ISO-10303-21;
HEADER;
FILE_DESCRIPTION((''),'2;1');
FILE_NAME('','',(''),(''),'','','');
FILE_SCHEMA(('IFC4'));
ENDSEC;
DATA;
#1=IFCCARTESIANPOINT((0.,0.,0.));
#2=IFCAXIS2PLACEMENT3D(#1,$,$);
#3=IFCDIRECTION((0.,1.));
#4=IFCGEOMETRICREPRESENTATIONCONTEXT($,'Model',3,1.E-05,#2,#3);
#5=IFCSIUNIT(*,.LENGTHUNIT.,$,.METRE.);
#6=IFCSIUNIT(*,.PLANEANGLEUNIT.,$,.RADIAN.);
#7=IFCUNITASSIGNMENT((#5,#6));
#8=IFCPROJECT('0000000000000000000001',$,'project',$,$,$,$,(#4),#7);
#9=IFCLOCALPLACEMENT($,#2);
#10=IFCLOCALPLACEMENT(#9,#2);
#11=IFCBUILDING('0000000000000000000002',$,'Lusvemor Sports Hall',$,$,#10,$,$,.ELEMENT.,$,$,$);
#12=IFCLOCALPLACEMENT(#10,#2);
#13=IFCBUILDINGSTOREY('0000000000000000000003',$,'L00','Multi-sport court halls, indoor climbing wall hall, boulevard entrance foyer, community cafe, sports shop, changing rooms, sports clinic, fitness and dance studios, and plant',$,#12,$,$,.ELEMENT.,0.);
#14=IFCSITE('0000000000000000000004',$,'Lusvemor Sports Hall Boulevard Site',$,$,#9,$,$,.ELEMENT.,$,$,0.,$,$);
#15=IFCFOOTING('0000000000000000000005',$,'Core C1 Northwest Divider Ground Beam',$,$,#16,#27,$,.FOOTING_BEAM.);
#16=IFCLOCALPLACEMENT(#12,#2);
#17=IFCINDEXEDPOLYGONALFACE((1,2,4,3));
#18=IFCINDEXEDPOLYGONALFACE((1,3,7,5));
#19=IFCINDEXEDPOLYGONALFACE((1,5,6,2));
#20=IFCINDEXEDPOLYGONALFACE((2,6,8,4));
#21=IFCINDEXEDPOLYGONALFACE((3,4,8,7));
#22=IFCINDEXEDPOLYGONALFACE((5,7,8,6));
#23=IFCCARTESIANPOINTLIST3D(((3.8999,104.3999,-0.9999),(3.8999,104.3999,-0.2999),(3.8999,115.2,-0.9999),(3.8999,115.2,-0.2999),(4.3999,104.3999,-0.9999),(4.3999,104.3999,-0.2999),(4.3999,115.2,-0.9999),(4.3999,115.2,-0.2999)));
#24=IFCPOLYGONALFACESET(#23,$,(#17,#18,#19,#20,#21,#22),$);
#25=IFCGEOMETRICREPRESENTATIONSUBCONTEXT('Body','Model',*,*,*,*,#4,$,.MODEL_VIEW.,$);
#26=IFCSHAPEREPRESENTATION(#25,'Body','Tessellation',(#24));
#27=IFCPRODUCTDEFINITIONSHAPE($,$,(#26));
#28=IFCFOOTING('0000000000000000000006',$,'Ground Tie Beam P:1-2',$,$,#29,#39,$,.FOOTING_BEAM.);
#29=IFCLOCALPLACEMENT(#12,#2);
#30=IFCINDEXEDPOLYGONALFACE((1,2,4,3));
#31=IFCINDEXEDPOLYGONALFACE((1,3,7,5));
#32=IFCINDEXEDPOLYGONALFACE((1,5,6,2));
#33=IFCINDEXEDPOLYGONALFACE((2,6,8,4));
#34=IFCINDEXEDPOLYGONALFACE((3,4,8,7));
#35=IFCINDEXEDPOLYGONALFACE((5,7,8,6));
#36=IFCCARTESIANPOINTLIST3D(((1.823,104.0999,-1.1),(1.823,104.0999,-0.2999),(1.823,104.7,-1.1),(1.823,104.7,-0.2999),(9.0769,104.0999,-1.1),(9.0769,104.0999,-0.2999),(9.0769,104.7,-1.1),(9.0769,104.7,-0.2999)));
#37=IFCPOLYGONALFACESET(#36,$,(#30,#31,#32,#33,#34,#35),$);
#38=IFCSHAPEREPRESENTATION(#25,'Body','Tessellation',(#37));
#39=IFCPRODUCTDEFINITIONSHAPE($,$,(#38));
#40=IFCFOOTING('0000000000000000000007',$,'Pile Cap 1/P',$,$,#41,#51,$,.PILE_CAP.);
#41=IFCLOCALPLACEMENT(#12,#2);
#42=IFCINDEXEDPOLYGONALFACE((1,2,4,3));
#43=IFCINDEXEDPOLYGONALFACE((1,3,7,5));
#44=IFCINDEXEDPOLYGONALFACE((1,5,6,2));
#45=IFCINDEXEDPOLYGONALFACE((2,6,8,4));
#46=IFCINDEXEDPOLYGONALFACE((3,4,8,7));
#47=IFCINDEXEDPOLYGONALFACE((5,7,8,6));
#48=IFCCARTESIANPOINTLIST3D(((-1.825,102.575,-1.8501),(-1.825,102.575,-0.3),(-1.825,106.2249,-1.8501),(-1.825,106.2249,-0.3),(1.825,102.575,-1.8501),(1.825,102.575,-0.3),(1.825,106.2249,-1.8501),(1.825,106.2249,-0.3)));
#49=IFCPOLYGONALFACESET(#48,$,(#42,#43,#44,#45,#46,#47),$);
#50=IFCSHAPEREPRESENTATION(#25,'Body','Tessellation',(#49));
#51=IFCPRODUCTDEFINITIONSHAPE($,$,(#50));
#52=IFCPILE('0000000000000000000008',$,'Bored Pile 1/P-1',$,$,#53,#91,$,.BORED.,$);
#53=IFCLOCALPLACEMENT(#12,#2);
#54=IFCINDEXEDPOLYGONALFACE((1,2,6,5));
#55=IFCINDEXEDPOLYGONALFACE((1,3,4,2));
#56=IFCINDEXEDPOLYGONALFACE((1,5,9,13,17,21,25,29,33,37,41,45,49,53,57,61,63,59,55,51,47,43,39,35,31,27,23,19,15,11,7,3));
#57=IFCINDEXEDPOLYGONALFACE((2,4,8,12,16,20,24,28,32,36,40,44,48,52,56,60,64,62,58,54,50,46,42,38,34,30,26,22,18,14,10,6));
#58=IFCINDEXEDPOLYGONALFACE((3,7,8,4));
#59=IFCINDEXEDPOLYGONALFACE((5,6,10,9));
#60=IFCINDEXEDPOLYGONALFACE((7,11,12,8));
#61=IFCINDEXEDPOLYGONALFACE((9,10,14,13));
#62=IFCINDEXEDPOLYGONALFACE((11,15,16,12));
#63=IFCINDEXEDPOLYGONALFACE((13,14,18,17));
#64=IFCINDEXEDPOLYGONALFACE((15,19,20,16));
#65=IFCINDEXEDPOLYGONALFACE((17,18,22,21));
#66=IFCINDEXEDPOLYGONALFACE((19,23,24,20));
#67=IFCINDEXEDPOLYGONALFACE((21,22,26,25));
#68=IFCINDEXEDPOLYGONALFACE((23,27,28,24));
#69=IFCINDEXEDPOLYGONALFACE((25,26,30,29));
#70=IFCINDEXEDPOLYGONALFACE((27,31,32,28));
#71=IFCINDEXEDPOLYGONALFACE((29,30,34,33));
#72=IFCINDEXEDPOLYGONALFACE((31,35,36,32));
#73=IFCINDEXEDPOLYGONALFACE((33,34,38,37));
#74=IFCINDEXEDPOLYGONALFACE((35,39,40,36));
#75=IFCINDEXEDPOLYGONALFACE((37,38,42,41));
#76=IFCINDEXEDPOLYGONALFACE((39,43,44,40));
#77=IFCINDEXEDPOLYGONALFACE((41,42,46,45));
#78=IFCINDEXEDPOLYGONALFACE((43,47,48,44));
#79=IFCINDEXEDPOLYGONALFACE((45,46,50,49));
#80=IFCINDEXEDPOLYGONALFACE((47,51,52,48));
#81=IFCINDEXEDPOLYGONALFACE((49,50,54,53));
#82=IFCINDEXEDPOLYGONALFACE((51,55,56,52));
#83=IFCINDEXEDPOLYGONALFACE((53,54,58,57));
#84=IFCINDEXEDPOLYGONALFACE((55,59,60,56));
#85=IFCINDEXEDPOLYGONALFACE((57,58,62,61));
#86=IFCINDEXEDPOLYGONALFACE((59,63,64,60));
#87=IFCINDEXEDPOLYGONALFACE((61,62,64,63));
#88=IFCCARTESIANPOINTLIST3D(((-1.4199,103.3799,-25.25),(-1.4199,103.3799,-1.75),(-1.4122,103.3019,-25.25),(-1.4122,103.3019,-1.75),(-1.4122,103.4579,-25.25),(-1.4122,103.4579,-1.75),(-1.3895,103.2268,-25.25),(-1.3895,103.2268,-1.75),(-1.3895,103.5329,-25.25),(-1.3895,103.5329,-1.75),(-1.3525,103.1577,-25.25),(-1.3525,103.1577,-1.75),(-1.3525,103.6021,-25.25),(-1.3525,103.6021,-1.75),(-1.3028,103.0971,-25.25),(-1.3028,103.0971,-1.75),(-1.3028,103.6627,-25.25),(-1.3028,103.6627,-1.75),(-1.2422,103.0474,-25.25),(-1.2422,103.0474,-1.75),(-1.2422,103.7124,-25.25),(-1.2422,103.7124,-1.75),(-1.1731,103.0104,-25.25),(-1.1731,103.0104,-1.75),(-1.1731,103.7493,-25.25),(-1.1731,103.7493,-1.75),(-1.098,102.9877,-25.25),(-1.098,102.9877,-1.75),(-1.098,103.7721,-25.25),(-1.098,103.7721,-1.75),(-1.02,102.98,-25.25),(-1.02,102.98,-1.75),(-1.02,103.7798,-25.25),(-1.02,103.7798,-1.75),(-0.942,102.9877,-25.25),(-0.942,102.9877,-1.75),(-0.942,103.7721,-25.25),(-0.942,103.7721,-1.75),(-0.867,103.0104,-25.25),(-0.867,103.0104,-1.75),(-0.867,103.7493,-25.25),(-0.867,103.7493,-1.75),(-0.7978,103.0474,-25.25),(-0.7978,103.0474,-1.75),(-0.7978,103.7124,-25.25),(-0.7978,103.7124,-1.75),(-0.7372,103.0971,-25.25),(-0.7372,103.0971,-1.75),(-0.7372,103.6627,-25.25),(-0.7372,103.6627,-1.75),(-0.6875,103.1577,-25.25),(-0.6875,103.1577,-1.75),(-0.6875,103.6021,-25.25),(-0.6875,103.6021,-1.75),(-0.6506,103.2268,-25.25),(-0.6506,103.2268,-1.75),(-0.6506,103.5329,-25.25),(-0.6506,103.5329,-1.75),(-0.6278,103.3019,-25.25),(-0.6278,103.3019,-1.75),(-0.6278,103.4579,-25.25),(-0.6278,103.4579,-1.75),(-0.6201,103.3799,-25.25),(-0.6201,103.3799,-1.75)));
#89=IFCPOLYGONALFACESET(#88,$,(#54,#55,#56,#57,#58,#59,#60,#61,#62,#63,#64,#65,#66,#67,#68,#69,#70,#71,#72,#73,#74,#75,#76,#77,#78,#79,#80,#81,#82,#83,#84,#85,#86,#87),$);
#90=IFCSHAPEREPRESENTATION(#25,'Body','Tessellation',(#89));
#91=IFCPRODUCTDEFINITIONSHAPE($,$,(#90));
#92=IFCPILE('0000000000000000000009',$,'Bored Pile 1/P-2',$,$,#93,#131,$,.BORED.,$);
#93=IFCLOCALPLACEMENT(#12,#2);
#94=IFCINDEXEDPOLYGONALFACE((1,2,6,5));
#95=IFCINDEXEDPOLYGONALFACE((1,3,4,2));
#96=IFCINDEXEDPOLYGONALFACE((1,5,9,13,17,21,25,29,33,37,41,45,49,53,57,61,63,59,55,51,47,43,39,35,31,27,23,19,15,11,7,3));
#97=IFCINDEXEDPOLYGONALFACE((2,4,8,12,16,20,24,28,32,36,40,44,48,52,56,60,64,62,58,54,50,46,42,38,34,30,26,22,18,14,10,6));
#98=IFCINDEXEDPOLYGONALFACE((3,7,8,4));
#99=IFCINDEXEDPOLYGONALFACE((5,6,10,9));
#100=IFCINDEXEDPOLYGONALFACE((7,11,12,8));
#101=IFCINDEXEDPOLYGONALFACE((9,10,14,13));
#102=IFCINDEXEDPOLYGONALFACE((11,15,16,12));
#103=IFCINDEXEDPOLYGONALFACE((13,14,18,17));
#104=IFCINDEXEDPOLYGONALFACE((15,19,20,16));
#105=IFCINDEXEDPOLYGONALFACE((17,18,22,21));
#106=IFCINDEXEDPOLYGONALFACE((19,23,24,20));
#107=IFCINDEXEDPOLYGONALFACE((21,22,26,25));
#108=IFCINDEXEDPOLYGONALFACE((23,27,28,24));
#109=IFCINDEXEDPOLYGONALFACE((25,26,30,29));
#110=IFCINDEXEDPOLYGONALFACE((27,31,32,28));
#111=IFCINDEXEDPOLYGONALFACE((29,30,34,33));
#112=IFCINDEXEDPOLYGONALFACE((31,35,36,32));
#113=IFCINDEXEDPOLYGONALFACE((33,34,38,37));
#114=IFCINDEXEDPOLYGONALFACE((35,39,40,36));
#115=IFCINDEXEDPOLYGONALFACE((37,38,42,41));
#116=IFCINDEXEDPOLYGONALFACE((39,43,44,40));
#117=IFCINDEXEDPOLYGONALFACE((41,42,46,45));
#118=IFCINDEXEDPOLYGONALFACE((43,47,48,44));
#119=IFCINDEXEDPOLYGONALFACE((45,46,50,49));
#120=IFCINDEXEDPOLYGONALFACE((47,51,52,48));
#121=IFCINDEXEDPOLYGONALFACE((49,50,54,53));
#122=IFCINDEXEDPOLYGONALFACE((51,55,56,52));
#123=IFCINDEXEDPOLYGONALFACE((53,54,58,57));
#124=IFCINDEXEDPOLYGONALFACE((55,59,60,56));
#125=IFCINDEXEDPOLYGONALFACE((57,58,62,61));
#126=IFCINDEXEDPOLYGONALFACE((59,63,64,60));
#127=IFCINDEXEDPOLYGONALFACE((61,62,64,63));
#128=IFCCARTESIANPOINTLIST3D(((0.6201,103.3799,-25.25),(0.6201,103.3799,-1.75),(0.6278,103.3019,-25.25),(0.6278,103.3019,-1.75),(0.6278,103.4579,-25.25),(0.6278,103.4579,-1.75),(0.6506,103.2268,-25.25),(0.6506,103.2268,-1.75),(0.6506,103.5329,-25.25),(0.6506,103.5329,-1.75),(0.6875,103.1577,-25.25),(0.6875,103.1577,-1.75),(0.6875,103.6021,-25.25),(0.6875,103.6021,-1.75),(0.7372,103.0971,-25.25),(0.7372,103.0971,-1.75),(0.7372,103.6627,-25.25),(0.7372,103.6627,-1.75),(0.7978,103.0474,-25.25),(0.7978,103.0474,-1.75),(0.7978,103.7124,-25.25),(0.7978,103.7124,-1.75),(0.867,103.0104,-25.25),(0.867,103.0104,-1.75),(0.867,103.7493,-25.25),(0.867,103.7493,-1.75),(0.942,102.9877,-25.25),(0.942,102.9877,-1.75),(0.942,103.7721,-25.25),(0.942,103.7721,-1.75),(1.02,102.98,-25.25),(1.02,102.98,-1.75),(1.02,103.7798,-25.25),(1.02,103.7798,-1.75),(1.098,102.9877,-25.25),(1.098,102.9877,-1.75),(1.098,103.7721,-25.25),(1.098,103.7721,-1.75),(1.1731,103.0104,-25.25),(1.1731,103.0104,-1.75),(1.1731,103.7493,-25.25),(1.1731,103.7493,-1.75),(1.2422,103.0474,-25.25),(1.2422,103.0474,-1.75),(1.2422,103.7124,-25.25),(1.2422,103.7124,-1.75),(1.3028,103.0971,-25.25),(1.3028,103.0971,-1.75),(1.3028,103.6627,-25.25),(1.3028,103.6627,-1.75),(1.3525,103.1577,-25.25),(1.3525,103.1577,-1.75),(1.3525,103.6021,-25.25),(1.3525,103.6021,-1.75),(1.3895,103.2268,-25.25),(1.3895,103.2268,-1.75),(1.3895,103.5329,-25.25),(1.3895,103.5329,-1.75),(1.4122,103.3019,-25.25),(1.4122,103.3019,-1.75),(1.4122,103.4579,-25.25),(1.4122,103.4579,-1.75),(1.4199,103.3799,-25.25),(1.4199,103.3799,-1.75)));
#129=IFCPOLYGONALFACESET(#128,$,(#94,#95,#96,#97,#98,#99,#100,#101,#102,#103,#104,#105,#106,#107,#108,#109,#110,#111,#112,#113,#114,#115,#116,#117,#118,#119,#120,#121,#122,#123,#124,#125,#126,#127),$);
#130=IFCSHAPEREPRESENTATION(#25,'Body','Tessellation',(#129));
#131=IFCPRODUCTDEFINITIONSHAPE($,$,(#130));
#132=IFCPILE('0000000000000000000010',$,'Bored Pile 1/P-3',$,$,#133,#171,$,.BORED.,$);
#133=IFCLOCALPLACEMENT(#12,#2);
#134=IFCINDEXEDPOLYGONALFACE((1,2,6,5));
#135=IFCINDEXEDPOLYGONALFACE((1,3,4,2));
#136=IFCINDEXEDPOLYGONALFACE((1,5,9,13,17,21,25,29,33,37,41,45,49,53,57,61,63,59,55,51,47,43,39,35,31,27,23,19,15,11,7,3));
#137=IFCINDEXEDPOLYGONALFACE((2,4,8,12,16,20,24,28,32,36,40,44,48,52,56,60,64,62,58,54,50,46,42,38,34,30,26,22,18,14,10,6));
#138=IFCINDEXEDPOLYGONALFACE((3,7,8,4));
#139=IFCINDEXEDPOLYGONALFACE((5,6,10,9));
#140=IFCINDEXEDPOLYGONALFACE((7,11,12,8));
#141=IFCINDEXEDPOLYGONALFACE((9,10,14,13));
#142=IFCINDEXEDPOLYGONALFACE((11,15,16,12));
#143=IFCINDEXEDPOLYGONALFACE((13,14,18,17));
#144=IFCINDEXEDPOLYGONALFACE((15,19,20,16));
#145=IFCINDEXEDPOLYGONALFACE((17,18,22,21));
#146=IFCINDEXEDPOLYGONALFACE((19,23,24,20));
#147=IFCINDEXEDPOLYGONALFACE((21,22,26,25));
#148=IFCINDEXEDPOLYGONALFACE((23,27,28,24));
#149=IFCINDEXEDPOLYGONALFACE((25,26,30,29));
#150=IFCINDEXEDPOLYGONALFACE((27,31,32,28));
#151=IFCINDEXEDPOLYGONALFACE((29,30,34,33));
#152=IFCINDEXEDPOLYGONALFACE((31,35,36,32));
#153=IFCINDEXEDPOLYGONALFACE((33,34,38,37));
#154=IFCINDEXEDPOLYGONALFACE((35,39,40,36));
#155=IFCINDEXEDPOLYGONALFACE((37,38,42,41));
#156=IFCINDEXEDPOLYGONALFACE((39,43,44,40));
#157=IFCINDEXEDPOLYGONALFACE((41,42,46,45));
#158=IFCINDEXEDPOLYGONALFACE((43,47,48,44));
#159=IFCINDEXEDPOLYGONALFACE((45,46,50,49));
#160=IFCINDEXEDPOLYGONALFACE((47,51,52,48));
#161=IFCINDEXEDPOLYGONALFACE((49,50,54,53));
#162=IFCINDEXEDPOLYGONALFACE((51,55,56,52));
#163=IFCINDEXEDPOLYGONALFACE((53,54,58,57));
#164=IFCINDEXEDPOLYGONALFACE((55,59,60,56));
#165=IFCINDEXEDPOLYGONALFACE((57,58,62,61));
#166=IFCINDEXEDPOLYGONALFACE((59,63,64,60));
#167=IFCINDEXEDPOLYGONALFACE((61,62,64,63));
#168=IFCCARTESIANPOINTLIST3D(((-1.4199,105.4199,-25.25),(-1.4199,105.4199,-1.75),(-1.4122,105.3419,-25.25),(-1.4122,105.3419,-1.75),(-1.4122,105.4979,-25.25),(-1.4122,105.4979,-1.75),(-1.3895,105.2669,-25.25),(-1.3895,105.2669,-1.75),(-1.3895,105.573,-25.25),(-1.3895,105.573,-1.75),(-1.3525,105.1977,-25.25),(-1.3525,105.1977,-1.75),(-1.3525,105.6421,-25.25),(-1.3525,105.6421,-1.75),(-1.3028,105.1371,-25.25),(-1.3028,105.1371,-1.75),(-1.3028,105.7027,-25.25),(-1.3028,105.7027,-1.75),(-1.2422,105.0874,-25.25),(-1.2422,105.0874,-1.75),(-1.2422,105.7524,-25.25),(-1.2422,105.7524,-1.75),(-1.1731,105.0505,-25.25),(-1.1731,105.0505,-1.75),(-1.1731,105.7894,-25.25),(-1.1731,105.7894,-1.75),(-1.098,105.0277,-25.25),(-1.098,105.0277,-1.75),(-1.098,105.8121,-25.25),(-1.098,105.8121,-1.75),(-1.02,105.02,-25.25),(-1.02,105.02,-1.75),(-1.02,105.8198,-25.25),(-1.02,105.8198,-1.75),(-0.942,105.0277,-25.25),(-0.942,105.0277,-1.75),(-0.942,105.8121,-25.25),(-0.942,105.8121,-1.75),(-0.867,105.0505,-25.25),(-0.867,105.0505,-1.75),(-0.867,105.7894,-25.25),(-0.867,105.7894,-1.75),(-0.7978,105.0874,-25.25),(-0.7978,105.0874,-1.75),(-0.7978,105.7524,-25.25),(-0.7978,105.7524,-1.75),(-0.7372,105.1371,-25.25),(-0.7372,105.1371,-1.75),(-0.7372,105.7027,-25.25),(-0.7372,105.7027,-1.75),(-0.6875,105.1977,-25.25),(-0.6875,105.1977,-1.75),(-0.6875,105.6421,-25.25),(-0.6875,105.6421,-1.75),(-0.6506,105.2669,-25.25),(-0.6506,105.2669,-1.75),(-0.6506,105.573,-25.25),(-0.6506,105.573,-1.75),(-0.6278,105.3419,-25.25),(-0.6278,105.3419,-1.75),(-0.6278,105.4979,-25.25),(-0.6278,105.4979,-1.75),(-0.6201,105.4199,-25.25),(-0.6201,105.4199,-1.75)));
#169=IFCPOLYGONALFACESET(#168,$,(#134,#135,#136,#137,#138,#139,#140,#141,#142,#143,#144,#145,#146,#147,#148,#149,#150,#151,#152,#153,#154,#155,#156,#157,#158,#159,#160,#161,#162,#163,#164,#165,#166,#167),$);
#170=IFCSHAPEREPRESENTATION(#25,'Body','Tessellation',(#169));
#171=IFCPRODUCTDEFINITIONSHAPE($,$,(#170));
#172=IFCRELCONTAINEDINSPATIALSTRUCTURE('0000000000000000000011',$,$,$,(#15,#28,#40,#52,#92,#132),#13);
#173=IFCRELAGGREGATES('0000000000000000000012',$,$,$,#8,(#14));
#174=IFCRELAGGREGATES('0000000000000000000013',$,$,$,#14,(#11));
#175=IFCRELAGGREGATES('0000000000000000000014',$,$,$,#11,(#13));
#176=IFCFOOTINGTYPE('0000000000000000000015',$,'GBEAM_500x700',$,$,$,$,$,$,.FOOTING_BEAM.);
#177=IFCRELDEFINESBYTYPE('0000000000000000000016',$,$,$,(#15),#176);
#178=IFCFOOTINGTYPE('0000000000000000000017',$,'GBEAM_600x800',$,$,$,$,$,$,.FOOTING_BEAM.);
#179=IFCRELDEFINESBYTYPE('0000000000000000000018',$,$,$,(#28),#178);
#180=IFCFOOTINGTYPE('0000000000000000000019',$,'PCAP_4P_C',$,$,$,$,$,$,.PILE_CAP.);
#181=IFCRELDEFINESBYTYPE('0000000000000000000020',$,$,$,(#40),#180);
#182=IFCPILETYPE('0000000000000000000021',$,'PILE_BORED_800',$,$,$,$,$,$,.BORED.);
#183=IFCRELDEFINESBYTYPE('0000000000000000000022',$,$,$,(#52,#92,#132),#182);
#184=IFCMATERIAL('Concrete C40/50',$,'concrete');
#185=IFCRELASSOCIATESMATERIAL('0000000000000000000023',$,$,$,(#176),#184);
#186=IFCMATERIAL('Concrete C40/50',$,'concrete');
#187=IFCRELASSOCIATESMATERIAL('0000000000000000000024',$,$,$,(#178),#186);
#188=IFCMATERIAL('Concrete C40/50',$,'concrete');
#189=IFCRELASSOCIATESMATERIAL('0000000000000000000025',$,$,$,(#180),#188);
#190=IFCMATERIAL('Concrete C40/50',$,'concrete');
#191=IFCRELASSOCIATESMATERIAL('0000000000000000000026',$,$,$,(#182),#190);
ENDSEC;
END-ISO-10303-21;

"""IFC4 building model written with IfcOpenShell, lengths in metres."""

from ifc_helpers import new_model, si_unit, direction, frame, origin, origin_2d, place, context, subcontext, project, spatial, rectangle, circle, extrude, material, material_profile, profile_set, type_object, element, save


model = new_model("IFC4")

# Units and contexts
model_context = context("Model", 3, precision=1e-05, world=origin(), true_north=direction((0.0, 1.0)))
body_context = subcontext(model_context, "Body", "Model", "MODEL_VIEW")
ifc_project = project(units=[si_unit("LENGTHUNIT", "METRE"), si_unit("PLANEANGLEUNIT", "RADIAN")], contexts=[model_context])

# Site, building, storey
site_placement = place(None, origin())
site = spatial("IfcSite", under=ifc_project, at=site_placement, Name="Lusvemor Sports Hall Boulevard Site", CompositionType="ELEMENT", RefElevation=0.0)
building_placement = place(site_placement, origin())
building = spatial("IfcBuilding", under=site, at=building_placement, Name="Lusvemor Sports Hall", CompositionType="ELEMENT")
storey_placement = place(building_placement, origin())
storey = spatial("IfcBuildingStorey", under=building, at=storey_placement, Name="L00", Description="Multi-sport court halls, indoor climbing wall hall, boulevard entrance foyer, community cafe, sports shop, changing rooms, sports clinic, fitness and dance studios, and plant", CompositionType="ELEMENT", Elevation=0.0)

# Footings
ifc_material_1 = material(Name="Concrete C40/50", Category="concrete")
ifc_material_profile_1 = material_profile(ifc_material_1, rectangle(XDim=0.5, YDim=0.7, at=origin_2d()), Name="GB_500x700")
ifc_profile_set_1 = profile_set([ifc_material_profile_1], Name="Concrete C40/50")
footing_type_1 = type_object("IfcFootingType", Name="GBEAM_500x700", PredefinedType="FOOTING_BEAM", material=ifc_profile_set_1)
footing_1_placement = place(storey_placement, frame((4.1499, 104.3999, -0.6499), z_axis=(0.0, 1.0, 0.0), x_axis=(-1.0, 0.0, 0.0)))
element("IfcFooting", 1, at=footing_1_placement, inside=storey, type_object=footing_type_1, Name="Core C1 Northwest Divider Ground Beam", PredefinedType="FOOTING_BEAM", context=body_context, shape_type="SweptSolid", body=[
    extrude(rectangle(XDim=0.5, YDim=0.7, at=origin_2d()), origin(), (0.0, 0.0, 1.0), 10.8),
])
ifc_material_2 = material(Name="Concrete C40/50", Category="concrete")
ifc_material_profile_2 = material_profile(ifc_material_2, rectangle(XDim=0.6001, YDim=0.8, at=origin_2d()), Name="GB_600x800")
ifc_profile_set_2 = profile_set([ifc_material_profile_2], Name="Concrete C40/50")
footing_type_2 = type_object("IfcFootingType", Name="GBEAM_600x800", PredefinedType="FOOTING_BEAM", material=ifc_profile_set_2)
footing_2_placement = place(storey_placement, frame((1.823, 104.3999, -0.7), z_axis=(1.0, 0.0, 0.0), x_axis=(0.0, 1.0, 0.0)))
element("IfcFooting", 2, at=footing_2_placement, inside=storey, type_object=footing_type_2, Name="Ground Tie Beam P:1-2", PredefinedType="FOOTING_BEAM", context=body_context, shape_type="SweptSolid", body=[
    extrude(rectangle(XDim=0.6001, YDim=0.8, at=origin_2d()), origin(), (0.0, 0.0, 1.0), 7.2539),
])
ifc_material_3 = material(Name="Concrete C40/50", Category="concrete")
footing_type_3 = type_object("IfcFootingType", Name="PCAP_4P_C", PredefinedType="PILE_CAP", material=ifc_material_3)
footing_3_placement = place(storey_placement, frame((0.0, 104.3999, -1.8501), z_axis=(0.0, 0.0, 1.0), x_axis=(1.0, 0.0, 0.0)))
element("IfcFooting", 3, at=footing_3_placement, inside=storey, type_object=footing_type_3, Name="Pile Cap 1/P", PredefinedType="PILE_CAP", context=body_context, shape_type="SweptSolid", body=[
    extrude(rectangle(XDim=3.6499, YDim=3.6499, at=origin_2d()), origin(), (0.0, 0.0, 1.0), 1.55),
])

# Piles
ifc_material_4 = material(Name="Concrete C40/50", Category="concrete")
ifc_material_profile_3 = material_profile(ifc_material_4, circle(Radius=0.3999, at=origin_2d()), Name="PILE800")
ifc_profile_set_3 = profile_set([ifc_material_profile_3], Name="Concrete C40/50")
pile_type = type_object("IfcPileType", Name="PILE_BORED_800", PredefinedType="BORED", material=ifc_profile_set_3)
for number, where, z_axis, x_axis, name in (
    (4, (-1.02, 103.3799, -1.75), (0.0, 0.0, -1.0), (1.0, 0.0, 0.0), "Bored Pile 1/P-1"),
    (5, (1.02, 103.3799, -1.75), (0.0, 0.0, -1.0), (1.0, 0.0, 0.0), "Bored Pile 1/P-2"),
    (6, (-1.02, 105.4199, -1.75), (0.0, 0.0, -1.0), (1.0, 0.0, 0.0), "Bored Pile 1/P-3"),
):
    element("IfcPile", number, at=place(storey_placement, frame(where, z_axis=z_axis, x_axis=x_axis)), inside=storey, type_object=pile_type, Name=name, PredefinedType="BORED", context=body_context, shape_type="SweptSolid", body=[
        extrude(circle(Radius=0.3999, at=origin_2d()), origin(), (0.0, 0.0, 1.0), 23.5),
    ])

save(model, "model.ifc")
